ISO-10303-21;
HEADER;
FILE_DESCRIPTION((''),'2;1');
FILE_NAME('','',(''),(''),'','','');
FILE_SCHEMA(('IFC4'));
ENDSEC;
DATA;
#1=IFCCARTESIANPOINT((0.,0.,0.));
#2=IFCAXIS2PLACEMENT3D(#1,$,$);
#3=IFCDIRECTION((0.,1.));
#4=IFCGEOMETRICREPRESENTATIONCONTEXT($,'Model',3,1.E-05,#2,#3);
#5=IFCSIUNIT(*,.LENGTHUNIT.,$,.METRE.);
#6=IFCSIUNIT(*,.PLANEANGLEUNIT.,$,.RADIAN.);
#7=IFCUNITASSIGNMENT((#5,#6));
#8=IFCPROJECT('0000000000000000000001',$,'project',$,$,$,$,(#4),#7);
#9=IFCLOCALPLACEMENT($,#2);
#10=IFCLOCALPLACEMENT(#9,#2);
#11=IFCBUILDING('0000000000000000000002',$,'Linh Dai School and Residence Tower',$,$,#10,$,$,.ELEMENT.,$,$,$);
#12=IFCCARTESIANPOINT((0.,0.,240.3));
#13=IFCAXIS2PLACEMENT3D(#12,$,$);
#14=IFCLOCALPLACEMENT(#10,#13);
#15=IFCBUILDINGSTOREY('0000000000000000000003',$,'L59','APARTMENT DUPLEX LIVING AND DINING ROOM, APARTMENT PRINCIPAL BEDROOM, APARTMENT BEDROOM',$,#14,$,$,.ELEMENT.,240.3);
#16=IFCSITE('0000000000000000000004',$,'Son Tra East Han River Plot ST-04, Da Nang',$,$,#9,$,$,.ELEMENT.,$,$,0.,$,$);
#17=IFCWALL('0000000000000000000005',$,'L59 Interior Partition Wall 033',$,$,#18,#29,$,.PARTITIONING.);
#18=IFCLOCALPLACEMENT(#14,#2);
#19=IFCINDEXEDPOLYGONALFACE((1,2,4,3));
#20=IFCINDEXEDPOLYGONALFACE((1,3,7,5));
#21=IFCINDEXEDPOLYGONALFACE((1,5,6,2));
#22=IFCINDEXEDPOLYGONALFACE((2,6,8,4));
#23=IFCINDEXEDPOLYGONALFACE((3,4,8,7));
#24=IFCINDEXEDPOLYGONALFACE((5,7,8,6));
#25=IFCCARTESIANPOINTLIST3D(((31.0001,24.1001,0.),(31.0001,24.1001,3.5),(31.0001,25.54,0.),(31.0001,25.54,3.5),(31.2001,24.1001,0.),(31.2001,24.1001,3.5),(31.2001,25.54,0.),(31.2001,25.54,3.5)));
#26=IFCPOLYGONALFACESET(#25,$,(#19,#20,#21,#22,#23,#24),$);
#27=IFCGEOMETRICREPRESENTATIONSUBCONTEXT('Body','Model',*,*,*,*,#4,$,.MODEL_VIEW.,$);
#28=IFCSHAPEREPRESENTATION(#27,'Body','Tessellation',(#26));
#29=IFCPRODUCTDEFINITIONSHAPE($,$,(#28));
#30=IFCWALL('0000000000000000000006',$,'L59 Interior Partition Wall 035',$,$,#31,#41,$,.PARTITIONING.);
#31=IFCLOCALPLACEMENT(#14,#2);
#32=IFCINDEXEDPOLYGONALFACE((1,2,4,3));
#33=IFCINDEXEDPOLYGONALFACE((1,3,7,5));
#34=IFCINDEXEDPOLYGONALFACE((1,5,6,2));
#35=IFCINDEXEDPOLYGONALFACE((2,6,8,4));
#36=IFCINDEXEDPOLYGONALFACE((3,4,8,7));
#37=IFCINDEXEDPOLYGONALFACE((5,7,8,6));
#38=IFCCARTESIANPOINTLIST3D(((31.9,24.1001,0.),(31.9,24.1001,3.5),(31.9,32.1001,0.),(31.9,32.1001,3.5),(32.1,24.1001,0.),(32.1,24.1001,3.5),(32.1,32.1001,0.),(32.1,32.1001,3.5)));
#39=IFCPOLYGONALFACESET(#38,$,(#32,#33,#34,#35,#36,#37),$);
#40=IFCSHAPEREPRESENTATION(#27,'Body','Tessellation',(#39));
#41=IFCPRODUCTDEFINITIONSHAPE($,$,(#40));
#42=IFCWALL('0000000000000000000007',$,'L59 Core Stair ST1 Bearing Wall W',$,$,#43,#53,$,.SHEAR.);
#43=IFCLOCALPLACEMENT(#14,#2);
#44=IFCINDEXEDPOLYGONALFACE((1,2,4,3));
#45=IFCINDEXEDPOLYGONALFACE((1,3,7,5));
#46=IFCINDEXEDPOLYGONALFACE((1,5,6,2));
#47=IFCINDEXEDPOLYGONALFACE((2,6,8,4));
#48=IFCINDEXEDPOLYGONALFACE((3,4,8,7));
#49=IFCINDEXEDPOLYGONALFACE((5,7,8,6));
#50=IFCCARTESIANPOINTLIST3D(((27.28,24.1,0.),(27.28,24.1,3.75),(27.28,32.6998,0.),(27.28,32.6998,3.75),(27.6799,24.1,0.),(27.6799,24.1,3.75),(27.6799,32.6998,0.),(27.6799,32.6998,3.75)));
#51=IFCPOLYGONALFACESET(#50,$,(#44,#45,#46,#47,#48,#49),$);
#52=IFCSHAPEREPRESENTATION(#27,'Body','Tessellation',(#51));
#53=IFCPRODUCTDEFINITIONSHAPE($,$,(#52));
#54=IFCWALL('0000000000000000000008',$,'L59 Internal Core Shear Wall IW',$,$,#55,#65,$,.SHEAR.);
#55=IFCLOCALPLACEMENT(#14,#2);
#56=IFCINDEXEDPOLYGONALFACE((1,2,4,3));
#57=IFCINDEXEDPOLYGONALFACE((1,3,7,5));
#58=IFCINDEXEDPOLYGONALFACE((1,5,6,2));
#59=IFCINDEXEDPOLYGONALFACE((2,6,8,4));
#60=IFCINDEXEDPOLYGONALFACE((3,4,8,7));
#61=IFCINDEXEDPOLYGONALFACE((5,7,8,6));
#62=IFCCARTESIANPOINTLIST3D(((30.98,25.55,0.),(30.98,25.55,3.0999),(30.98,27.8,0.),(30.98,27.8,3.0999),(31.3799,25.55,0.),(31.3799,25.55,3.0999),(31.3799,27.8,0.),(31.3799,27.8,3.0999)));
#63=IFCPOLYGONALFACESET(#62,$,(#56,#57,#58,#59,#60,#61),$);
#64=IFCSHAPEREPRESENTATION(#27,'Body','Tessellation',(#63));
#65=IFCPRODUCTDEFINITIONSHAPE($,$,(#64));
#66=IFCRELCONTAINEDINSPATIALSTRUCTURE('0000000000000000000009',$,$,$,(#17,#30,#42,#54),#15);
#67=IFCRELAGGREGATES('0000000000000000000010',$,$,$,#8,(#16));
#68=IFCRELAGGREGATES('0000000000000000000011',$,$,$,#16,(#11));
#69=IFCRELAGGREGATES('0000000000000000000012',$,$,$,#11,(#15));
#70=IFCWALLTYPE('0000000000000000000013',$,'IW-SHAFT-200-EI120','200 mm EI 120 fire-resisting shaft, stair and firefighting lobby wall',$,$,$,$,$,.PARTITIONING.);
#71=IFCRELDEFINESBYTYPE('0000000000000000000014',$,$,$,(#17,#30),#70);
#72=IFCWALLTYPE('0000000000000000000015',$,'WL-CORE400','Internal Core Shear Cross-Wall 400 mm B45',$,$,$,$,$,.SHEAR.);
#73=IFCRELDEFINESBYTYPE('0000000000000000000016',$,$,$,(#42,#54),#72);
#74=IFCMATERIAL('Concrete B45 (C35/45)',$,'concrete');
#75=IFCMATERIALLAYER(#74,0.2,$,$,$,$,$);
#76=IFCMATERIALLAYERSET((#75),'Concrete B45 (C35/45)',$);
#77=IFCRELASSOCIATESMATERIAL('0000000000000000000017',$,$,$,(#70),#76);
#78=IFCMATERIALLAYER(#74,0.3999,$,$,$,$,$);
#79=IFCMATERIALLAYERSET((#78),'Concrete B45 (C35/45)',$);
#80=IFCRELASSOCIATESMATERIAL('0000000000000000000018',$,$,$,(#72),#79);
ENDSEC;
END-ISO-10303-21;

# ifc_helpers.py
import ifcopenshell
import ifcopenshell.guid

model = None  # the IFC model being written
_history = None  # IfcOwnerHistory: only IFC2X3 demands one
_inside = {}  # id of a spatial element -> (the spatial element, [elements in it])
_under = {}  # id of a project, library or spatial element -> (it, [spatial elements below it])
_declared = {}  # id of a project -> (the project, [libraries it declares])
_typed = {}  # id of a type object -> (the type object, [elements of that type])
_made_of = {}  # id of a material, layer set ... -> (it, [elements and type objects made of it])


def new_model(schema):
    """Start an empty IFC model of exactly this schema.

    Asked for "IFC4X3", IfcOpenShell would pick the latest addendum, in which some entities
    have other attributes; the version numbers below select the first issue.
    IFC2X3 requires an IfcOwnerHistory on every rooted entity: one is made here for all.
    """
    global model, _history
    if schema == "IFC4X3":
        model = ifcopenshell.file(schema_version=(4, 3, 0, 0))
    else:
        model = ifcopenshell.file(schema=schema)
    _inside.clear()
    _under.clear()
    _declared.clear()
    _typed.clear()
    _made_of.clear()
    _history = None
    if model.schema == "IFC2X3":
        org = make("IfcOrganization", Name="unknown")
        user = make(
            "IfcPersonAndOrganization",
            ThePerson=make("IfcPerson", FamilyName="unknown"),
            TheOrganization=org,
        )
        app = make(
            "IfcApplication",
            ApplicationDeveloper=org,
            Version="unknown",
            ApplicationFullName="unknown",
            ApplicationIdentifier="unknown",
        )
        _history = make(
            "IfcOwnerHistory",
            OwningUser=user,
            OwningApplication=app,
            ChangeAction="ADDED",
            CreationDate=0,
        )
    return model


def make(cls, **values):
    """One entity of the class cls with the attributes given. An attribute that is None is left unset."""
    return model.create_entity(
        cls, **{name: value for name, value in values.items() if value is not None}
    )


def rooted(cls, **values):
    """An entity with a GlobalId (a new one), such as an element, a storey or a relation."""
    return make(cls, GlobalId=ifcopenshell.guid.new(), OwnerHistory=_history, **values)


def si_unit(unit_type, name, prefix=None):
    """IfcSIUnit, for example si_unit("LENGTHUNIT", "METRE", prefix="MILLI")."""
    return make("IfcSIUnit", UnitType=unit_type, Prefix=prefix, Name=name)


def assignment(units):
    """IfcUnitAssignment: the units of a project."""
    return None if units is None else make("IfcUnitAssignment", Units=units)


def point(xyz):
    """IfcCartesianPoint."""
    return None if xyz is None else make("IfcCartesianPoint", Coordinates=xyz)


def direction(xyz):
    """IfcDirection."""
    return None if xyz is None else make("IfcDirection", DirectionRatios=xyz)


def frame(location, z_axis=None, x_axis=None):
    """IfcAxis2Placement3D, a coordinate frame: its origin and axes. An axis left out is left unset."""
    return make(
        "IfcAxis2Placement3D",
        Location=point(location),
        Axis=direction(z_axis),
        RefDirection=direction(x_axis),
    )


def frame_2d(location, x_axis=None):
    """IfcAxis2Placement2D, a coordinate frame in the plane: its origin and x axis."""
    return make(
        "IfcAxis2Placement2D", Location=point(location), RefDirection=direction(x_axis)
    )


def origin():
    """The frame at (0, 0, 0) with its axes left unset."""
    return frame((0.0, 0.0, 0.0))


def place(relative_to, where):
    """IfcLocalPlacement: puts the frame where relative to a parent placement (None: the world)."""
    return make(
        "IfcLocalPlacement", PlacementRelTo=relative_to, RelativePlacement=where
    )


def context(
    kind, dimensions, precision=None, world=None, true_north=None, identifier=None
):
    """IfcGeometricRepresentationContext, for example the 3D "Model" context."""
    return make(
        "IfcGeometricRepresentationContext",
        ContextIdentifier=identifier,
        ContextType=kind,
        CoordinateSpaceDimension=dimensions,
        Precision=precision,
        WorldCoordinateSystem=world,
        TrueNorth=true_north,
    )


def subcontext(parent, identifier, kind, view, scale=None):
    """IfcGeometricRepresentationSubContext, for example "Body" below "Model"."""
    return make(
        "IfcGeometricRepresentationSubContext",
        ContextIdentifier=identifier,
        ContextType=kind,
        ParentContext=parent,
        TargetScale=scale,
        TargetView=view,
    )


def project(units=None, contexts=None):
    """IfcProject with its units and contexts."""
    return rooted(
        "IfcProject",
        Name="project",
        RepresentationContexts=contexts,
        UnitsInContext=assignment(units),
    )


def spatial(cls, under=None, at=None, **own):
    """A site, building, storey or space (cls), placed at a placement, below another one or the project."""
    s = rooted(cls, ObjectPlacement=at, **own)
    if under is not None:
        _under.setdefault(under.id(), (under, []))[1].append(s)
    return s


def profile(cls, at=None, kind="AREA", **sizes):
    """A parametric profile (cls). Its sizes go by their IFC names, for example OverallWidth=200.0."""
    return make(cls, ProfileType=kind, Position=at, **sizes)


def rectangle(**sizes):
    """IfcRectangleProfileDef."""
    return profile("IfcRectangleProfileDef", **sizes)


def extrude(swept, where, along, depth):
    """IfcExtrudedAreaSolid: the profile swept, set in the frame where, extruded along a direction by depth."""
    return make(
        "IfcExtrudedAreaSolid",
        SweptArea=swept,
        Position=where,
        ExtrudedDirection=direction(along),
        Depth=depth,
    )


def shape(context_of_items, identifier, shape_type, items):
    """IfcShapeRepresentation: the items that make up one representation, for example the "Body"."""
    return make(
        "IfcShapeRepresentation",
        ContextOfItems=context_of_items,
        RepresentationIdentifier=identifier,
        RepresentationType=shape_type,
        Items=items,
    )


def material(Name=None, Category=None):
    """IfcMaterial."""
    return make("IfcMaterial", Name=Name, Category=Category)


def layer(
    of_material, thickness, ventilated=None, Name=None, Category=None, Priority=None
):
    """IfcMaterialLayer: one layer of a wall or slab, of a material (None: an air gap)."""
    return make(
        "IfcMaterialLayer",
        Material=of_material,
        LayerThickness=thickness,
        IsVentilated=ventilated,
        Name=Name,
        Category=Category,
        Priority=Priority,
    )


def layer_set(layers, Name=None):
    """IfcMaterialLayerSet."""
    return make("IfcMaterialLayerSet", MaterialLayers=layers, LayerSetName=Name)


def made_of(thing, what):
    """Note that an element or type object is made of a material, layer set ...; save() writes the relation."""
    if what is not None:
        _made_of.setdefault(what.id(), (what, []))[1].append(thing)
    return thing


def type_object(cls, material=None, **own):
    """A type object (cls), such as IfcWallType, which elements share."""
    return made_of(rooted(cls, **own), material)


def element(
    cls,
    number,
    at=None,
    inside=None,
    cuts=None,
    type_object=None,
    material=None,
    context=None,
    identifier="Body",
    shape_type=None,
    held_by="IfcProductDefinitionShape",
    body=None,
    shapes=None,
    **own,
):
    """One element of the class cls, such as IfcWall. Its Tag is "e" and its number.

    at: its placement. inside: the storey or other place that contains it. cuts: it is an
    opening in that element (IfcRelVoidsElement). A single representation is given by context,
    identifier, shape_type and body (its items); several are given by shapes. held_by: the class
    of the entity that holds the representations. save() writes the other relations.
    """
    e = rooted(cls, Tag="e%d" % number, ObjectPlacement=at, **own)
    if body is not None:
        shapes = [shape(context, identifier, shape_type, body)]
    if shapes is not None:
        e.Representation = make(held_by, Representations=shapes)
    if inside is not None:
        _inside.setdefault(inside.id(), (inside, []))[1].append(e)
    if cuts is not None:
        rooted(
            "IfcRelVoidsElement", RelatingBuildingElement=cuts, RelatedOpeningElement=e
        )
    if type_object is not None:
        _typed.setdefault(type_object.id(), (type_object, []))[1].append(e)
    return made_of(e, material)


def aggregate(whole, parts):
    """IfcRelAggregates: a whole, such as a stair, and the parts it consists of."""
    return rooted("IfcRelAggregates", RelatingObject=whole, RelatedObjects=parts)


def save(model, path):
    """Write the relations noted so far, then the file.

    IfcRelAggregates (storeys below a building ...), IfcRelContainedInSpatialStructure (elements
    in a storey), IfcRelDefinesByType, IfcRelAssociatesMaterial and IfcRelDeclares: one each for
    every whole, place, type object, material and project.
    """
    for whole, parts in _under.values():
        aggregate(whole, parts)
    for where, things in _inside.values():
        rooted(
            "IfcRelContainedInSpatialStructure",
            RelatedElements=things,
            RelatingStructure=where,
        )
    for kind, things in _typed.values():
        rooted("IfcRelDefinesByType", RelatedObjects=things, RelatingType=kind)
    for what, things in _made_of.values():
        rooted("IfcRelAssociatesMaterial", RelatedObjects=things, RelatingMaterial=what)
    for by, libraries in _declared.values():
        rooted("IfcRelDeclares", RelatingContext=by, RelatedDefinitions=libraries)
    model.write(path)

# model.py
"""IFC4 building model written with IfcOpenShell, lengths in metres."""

from ifc_helpers import new_model, si_unit, direction, frame, frame_2d, origin, place, context, subcontext, project, spatial, rectangle, extrude, material, layer, layer_set, type_object, element, save


model = new_model("IFC4")

# Units and contexts
model_context = context("Model", 3, precision=1e-05, world=origin(), true_north=direction((0.0, 1.0)))
body_context = subcontext(model_context, "Body", "Model", "MODEL_VIEW")
ifc_project = project(units=[si_unit("LENGTHUNIT", "METRE"), si_unit("PLANEANGLEUNIT", "RADIAN")], contexts=[model_context])

# Site, building, storey
site_placement = place(None, origin())
site = spatial("IfcSite", under=ifc_project, at=site_placement, Name="Son Tra East Han River Plot ST-04, Da Nang", CompositionType="ELEMENT", RefElevation=0.0)
building_placement = place(site_placement, origin())
building = spatial("IfcBuilding", under=site, at=building_placement, Name="Linh Dai School and Residence Tower", CompositionType="ELEMENT")
storey_placement = place(building_placement, frame((0.0, 0.0, 240.3)))
storey = spatial("IfcBuildingStorey", under=building, at=storey_placement, Name="L59", Description="APARTMENT DUPLEX LIVING AND DINING ROOM, APARTMENT PRINCIPAL BEDROOM, APARTMENT BEDROOM", CompositionType="ELEMENT", Elevation=240.3)

# Shared definitions
ifc_material_1 = material(Name="Concrete B45 (C35/45)", Category="concrete")
ifc_layer_1 = layer(ifc_material_1, 0.2)
ifc_layer_set_1 = layer_set([ifc_layer_1], Name="Concrete B45 (C35/45)")
wall_type_1 = type_object("IfcWallType", Name="IW-SHAFT-200-EI120", Description="200 mm EI 120 fire-resisting shaft, stair and firefighting lobby wall", PredefinedType="PARTITIONING", material=ifc_layer_set_1)

# Walls
wall_1_placement = place(storey_placement, frame((31.1001, 24.1001, 0.0), z_axis=(0.0, 0.0, 1.0), x_axis=(0.0, 1.0, 0.0)))
element("IfcWall", 1, at=wall_1_placement, inside=storey, type_object=wall_type_1, Name="L59 Interior Partition Wall 033", PredefinedType="PARTITIONING", context=body_context, shape_type="SweptSolid", body=[
    extrude(rectangle(XDim=1.4399, YDim=0.2, at=frame_2d((0.72, 0.0))), origin(), (0.0, 0.0, 1.0), 3.5),
])
wall_2_placement = place(storey_placement, frame((32.0, 24.1001, 0.0), z_axis=(0.0, 0.0, 1.0), x_axis=(0.0, 1.0, 0.0)))
element("IfcWall", 2, at=wall_2_placement, inside=storey, type_object=wall_type_1, Name="L59 Interior Partition Wall 035", PredefinedType="PARTITIONING", context=body_context, shape_type="SweptSolid", body=[
    extrude(rectangle(XDim=8.0, YDim=0.2, at=frame_2d((4.0, 0.0))), origin(), (0.0, 0.0, 1.0), 3.5),
])

# Walls
ifc_layer_2 = layer(ifc_material_1, 0.3999)
ifc_layer_set_2 = layer_set([ifc_layer_2], Name="Concrete B45 (C35/45)")
wall_type_2 = type_object("IfcWallType", Name="WL-CORE400", Description="Internal Core Shear Cross-Wall 400 mm B45", PredefinedType="SHEAR", material=ifc_layer_set_2)
wall_3_placement = place(storey_placement, frame((27.48, 24.1001, 0.0), z_axis=(0.0, 0.0, 1.0), x_axis=(0.0, 1.0, 0.0)))
element("IfcWall", 3, at=wall_3_placement, inside=storey, type_object=wall_type_2, Name="L59 Core Stair ST1 Bearing Wall W", PredefinedType="SHEAR", context=body_context, shape_type="SweptSolid", body=[
    extrude(rectangle(XDim=8.5999, YDim=0.3999, at=frame_2d((4.2998, 0.0))), origin(), (0.0, 0.0, 1.0), 3.75),
])
wall_4_placement = place(storey_placement, frame((31.1799, 25.55, 0.0), z_axis=(0.0, 0.0, 1.0), x_axis=(0.0, 1.0, 0.0)))
element("IfcWall", 4, at=wall_4_placement, inside=storey, type_object=wall_type_2, Name="L59 Internal Core Shear Wall IW", PredefinedType="SHEAR", context=body_context, shape_type="SweptSolid", body=[
    extrude(rectangle(XDim=2.25, YDim=0.3999, at=frame_2d((1.125, 0.0))), origin(), (0.0, 0.0, 1.0), 3.0999),
])

save(model, "model.ifc")
